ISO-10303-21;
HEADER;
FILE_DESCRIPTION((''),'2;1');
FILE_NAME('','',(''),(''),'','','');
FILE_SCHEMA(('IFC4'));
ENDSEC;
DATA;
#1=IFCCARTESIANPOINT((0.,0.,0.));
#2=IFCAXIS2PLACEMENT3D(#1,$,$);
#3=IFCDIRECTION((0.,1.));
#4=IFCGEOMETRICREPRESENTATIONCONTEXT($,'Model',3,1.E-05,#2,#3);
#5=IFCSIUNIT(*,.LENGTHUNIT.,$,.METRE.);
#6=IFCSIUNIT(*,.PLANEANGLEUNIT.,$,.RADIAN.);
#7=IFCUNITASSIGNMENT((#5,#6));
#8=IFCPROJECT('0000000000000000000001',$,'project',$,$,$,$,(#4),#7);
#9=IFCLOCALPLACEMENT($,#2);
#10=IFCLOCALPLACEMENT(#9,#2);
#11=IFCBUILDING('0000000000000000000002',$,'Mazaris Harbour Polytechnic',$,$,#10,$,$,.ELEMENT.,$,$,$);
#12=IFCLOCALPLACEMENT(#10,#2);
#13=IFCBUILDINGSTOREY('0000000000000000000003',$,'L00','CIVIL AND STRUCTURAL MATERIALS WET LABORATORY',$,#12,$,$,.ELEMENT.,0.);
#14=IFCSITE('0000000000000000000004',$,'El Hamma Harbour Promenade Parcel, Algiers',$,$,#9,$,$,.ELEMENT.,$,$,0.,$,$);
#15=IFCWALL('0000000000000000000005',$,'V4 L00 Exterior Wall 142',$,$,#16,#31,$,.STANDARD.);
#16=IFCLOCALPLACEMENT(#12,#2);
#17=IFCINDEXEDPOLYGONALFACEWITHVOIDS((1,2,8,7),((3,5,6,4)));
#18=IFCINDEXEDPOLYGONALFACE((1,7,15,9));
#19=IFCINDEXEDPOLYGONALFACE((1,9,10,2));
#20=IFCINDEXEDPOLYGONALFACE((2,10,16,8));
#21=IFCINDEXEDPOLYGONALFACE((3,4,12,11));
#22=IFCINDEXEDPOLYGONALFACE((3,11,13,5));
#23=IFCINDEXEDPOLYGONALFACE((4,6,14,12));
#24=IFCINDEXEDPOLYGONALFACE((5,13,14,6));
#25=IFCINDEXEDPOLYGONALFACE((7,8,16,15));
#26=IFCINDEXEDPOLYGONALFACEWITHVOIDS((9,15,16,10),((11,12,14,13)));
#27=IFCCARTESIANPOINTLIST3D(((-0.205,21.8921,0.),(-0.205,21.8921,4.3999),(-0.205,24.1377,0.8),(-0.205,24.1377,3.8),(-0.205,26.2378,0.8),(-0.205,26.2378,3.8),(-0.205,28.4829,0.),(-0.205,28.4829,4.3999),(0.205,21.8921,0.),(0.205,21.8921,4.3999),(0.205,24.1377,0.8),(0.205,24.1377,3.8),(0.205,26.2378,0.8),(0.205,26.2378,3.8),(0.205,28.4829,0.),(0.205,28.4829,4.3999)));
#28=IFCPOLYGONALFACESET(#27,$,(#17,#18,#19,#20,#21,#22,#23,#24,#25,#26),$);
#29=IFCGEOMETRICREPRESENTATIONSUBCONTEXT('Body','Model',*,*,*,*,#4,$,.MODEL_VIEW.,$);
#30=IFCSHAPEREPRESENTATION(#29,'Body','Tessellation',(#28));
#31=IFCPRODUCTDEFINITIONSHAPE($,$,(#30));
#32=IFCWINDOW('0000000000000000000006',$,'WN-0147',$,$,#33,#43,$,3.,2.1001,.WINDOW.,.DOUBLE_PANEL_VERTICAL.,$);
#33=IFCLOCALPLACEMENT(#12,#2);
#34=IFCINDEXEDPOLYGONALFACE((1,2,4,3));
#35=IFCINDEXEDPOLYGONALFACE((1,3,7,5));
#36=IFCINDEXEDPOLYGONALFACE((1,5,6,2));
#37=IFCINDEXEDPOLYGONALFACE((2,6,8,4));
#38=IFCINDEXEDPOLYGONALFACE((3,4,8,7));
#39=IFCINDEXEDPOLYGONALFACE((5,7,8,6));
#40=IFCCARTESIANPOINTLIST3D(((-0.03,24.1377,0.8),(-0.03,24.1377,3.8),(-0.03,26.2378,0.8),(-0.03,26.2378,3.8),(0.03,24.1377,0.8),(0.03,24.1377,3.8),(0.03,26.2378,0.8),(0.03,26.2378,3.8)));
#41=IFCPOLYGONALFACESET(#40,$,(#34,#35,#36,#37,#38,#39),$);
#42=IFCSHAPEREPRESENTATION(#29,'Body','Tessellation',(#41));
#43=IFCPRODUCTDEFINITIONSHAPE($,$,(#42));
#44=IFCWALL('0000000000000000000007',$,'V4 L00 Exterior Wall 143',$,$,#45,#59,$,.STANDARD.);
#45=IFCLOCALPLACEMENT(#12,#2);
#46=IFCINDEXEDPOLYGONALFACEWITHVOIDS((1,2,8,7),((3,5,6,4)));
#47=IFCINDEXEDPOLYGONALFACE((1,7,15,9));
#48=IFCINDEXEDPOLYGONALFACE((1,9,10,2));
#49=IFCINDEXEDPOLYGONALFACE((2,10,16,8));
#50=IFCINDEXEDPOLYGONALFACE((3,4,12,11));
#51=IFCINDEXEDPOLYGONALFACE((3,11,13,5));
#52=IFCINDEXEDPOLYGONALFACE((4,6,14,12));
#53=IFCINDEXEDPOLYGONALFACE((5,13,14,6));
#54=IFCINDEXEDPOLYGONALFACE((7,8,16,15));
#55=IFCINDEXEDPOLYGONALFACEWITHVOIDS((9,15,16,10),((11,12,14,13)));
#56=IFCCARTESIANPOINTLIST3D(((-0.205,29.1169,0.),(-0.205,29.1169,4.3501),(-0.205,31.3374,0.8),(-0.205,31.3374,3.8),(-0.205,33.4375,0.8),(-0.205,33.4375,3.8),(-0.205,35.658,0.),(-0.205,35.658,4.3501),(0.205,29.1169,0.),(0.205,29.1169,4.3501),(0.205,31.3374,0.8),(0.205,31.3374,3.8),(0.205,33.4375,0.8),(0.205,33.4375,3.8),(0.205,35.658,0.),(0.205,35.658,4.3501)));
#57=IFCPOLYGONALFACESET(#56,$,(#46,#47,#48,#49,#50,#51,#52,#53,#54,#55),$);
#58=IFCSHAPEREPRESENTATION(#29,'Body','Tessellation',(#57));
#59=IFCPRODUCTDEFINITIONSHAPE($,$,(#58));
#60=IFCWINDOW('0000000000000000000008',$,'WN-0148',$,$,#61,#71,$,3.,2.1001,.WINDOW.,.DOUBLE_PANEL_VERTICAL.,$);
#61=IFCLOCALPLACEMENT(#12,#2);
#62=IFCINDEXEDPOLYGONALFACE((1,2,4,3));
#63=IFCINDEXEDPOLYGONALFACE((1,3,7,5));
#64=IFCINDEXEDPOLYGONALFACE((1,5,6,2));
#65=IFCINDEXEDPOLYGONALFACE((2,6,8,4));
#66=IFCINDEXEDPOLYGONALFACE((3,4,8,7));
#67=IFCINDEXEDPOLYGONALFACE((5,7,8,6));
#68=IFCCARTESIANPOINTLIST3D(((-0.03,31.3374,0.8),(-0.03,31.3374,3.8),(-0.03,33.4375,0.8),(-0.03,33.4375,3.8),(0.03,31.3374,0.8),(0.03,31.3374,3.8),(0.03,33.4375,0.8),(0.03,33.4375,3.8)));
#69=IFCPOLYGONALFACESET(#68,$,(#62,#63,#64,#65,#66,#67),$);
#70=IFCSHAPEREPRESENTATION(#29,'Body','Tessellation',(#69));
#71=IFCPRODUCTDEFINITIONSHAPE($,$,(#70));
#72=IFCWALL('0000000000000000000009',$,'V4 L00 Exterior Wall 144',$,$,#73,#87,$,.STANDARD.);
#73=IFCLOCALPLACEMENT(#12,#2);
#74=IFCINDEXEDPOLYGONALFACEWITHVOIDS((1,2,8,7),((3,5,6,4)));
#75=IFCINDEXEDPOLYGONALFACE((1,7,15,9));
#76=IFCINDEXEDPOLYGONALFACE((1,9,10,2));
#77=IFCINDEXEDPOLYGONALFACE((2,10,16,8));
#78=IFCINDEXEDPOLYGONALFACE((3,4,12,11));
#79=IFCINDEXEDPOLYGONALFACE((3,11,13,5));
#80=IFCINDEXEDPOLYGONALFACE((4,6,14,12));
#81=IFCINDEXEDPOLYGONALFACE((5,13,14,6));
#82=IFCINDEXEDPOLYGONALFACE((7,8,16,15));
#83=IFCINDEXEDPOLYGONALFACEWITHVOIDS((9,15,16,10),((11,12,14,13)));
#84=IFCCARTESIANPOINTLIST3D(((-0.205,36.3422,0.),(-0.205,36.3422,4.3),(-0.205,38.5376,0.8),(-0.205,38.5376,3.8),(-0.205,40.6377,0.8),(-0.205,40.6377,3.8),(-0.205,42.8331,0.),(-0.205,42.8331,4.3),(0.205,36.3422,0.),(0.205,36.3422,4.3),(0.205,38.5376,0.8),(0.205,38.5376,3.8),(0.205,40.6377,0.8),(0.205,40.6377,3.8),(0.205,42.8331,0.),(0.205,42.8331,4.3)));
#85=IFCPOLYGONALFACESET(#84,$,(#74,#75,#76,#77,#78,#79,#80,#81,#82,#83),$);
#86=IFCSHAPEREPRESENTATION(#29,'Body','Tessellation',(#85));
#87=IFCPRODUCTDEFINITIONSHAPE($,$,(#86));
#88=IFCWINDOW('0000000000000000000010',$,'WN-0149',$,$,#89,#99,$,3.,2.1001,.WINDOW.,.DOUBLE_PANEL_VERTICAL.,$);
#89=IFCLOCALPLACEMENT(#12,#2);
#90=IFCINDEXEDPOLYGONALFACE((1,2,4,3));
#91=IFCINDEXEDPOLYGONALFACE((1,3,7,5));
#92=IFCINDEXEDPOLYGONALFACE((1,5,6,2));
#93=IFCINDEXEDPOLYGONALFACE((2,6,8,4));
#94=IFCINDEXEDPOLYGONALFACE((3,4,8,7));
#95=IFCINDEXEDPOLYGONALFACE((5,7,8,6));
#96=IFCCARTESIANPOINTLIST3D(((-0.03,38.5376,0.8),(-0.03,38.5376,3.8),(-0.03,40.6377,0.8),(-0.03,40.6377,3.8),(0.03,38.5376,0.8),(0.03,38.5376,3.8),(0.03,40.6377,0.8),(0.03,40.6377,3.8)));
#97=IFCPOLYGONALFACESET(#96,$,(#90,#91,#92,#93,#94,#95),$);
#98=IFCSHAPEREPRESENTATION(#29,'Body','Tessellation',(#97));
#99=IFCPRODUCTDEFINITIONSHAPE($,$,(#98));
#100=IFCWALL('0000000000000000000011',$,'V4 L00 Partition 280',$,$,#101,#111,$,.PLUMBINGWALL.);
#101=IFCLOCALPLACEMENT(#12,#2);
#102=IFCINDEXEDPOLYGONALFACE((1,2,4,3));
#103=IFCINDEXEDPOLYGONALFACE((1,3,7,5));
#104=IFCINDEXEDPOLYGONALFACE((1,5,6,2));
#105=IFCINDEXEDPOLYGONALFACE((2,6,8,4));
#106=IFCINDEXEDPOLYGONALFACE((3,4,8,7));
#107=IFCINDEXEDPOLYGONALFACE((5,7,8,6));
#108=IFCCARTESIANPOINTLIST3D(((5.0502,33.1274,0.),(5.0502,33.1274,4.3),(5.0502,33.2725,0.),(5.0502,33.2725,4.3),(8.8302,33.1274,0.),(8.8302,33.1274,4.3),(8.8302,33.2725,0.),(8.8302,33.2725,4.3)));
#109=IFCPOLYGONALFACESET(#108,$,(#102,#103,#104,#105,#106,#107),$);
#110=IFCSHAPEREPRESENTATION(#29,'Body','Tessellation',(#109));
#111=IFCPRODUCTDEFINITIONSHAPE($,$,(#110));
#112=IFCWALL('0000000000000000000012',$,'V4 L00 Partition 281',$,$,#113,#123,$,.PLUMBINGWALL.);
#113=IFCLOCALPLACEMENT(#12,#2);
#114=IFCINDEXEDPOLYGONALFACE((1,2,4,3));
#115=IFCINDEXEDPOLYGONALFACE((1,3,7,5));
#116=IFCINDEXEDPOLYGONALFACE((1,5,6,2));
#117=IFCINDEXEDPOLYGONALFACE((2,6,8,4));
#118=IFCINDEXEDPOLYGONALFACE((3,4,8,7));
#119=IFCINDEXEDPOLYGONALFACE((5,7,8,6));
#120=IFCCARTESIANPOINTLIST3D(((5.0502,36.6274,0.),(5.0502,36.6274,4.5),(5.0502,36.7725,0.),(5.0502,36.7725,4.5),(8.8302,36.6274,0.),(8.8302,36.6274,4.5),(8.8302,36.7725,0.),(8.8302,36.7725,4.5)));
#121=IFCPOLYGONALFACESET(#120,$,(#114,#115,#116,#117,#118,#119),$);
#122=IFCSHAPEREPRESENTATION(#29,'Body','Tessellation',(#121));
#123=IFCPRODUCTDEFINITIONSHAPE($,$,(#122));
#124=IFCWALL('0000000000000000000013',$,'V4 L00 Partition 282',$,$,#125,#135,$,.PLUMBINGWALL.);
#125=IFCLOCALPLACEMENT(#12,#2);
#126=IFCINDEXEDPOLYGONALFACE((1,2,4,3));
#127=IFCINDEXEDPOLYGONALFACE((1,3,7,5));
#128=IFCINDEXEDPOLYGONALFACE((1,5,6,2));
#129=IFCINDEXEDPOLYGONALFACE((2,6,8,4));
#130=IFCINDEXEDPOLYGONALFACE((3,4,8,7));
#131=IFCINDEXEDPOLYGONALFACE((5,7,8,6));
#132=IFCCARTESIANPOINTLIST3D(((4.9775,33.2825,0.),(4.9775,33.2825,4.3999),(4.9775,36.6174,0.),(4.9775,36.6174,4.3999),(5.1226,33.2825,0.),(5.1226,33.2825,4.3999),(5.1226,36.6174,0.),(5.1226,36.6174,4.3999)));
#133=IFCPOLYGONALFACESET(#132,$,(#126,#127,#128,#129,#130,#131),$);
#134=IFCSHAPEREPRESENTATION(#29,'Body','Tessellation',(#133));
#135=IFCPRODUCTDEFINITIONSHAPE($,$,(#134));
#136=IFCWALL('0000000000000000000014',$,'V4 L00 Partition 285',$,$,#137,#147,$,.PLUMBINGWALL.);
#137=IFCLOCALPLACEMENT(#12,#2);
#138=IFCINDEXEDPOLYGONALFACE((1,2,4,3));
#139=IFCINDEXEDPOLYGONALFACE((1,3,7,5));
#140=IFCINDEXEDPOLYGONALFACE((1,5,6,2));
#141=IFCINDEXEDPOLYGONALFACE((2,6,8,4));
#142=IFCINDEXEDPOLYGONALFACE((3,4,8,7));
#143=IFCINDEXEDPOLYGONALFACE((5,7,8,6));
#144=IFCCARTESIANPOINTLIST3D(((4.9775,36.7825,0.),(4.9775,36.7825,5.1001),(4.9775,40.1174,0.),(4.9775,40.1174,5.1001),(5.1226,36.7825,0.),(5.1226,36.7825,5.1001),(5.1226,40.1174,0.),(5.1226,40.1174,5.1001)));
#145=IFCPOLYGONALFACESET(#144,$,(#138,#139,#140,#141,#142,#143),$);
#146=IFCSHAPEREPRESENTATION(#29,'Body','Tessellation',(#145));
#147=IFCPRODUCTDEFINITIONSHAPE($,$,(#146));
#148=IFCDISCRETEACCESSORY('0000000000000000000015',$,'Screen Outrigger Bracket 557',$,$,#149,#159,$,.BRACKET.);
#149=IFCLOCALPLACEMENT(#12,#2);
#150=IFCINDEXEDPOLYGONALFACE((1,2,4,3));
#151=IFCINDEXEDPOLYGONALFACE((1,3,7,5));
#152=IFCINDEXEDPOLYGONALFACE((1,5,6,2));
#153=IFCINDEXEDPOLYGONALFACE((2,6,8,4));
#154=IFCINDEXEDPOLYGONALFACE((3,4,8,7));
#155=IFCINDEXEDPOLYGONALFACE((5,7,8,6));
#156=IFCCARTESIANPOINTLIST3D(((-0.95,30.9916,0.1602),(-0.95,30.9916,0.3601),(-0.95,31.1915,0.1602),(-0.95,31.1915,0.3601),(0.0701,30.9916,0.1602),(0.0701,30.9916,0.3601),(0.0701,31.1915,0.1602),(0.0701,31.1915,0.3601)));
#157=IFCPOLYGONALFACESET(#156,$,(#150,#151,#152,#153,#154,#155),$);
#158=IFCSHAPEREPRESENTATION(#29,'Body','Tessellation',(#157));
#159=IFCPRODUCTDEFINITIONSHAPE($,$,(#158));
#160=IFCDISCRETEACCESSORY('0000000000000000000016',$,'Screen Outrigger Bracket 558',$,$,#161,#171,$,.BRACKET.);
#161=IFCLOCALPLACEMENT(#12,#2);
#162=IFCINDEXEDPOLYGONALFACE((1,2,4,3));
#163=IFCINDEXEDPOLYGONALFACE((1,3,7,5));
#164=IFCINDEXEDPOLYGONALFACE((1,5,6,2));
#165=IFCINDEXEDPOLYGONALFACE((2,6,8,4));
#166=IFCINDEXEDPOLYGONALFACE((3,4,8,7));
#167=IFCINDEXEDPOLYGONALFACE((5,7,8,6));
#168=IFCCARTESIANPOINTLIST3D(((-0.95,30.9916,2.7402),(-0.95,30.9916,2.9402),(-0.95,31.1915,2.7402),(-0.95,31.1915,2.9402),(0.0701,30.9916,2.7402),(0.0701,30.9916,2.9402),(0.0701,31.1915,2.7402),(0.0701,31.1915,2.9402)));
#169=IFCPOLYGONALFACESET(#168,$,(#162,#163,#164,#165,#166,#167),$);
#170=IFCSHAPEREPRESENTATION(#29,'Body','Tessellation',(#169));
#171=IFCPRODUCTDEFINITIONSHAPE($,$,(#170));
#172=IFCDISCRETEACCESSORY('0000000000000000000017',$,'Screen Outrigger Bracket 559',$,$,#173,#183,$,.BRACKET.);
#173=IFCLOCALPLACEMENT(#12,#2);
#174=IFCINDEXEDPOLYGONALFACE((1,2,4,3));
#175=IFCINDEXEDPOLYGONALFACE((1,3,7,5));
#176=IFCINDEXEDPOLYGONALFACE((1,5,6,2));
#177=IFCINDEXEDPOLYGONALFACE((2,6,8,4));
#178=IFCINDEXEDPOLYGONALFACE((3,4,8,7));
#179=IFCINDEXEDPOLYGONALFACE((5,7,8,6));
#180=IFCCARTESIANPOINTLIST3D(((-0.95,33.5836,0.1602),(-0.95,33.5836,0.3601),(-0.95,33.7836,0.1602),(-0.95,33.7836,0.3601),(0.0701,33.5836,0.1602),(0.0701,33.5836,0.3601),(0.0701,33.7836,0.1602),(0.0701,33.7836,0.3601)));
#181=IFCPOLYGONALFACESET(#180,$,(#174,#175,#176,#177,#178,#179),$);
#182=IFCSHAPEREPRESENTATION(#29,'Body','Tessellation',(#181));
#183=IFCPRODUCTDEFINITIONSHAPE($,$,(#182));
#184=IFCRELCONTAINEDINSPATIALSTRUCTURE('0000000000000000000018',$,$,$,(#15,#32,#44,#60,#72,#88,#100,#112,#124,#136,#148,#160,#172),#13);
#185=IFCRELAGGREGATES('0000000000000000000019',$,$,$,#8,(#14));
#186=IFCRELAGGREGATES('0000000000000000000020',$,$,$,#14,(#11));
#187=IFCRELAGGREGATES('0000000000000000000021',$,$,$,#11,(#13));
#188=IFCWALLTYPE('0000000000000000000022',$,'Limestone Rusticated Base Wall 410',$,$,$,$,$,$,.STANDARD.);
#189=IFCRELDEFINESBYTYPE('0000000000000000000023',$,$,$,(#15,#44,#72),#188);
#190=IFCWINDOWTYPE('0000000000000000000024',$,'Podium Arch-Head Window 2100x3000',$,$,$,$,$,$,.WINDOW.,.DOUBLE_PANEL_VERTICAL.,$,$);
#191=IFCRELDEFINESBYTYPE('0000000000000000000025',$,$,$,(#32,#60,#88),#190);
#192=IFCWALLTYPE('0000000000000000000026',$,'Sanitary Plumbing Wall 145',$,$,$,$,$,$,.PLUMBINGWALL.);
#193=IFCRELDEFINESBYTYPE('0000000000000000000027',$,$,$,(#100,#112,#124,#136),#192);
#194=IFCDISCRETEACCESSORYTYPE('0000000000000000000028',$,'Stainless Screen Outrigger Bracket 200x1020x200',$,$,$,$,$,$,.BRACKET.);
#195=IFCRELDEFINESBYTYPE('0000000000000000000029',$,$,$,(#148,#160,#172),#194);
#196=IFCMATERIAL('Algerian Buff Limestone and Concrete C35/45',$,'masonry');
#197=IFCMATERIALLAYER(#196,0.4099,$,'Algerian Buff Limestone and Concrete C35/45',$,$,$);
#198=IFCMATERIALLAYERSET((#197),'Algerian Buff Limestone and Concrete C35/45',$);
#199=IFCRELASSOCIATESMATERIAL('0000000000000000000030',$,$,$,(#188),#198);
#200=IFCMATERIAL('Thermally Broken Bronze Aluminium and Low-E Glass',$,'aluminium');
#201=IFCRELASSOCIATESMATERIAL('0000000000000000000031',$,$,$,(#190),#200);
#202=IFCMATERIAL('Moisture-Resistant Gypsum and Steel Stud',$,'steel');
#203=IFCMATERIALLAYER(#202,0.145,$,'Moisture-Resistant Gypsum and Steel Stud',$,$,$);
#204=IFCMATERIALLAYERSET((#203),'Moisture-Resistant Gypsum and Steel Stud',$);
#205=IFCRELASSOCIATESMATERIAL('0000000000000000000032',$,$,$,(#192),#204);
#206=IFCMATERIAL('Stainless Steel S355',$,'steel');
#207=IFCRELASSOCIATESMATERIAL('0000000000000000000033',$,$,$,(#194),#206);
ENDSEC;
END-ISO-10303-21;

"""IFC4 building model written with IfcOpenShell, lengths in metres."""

from ifc_helpers import new_model, si_unit, direction, frame, frame_2d, origin, origin_2d, place, context, subcontext, project, spatial, rectangle, extrude, material, layer, layer_set, type_object, element, fill, save


model = new_model("IFC4")

# Units and contexts
model_context = context("Model", 3, precision=1e-05, world=origin(), true_north=direction((0.0, 1.0)))
body_context = subcontext(model_context, "Body", "Model", "MODEL_VIEW")
ifc_project = project(units=[si_unit("LENGTHUNIT", "METRE"), si_unit("PLANEANGLEUNIT", "RADIAN")], contexts=[model_context])

# Site, building, storey
site_placement = place(None, origin())
site = spatial("IfcSite", under=ifc_project, at=site_placement, Name="El Hamma Harbour Promenade Parcel, Algiers", CompositionType="ELEMENT", RefElevation=0.0)
building_placement = place(site_placement, origin())
building = spatial("IfcBuilding", under=site, at=building_placement, Name="Mazaris Harbour Polytechnic", CompositionType="ELEMENT")
storey_placement = place(building_placement, origin())
storey = spatial("IfcBuildingStorey", under=building, at=storey_placement, Name="L00", Description="CIVIL AND STRUCTURAL MATERIALS WET LABORATORY", CompositionType="ELEMENT", Elevation=0.0)

# Walls, openings, windows
ifc_material_1 = material(Name="Algerian Buff Limestone and Concrete C35/45", Category="masonry")
ifc_layer_1 = layer(ifc_material_1, 0.4099, Name="Algerian Buff Limestone and Concrete C35/45")
ifc_layer_set_1 = layer_set([ifc_layer_1], Name="Algerian Buff Limestone and Concrete C35/45")
wall_type_1 = type_object("IfcWallType", Name="Limestone Rusticated Base Wall 410", PredefinedType="STANDARD", material=ifc_layer_set_1)
wall_1_placement = place(storey_placement, frame((0.0, 21.8921, 0.0), z_axis=(0.0, 0.0, 1.0), x_axis=(0.0, 1.0, 0.0)))
wall_1 = element("IfcWall", 1, at=wall_1_placement, inside=storey, type_object=wall_type_1, Name="V4 L00 Exterior Wall 142", PredefinedType="STANDARD", context=body_context, shape_type="SweptSolid", body=[
    extrude(rectangle(XDim=6.5908, YDim=0.4099, at=frame_2d((3.2954, 0.0))), origin(), (0.0, 0.0, 1.0), 4.3999),
])
opening_1_placement = place(wall_1_placement, frame((2.2456, 0.0, 0.8)))
opening_1 = element("IfcOpeningElement", 2, at=opening_1_placement, cuts=wall_1, PredefinedType="OPENING", context=body_context, shape_type="SweptSolid", body=[
    extrude(rectangle(XDim=2.1001, YDim=3.0, at=frame_2d((1.05, 1.5))), frame((0.0, 0.2148, 0.0), z_axis=(0.0, -1.0, 0.0), x_axis=(1.0, 0.0, 0.0)), (0.0, 0.0, 1.0), 0.4299),
])
ifc_material_2 = material(Name="Thermally Broken Bronze Aluminium and Low-E Glass", Category="aluminium")
window_type = type_object("IfcWindowType", Name="Podium Arch-Head Window 2100x3000", PartitioningType="DOUBLE_PANEL_VERTICAL", PredefinedType="WINDOW", material=ifc_material_2)
window_1_placement = place(opening_1_placement, origin())
window_1 = element("IfcWindow", 3, at=window_1_placement, inside=storey, type_object=window_type, Name="WN-0147", OverallHeight=3.0, OverallWidth=2.1001, PartitioningType="DOUBLE_PANEL_VERTICAL", PredefinedType="WINDOW", context=body_context, shape_type="SweptSolid", body=[
    extrude(rectangle(XDim=2.1001, YDim=3.0, at=frame_2d((1.05, 1.5))), frame((0.0, 0.03, 0.0), z_axis=(0.0, -1.0, 0.0), x_axis=(1.0, 0.0, 0.0)), (0.0, 0.0, 1.0), 0.0601),
])
fill(opening_1, window_1)
wall_2_placement = place(storey_placement, frame((0.0, 29.1169, 0.0), z_axis=(0.0, 0.0, 1.0), x_axis=(0.0, 1.0, 0.0)))
wall_2 = element("IfcWall", 4, at=wall_2_placement, inside=storey, type_object=wall_type_1, Name="V4 L00 Exterior Wall 143", PredefinedType="STANDARD", context=body_context, shape_type="SweptSolid", body=[
    extrude(rectangle(XDim=6.541, YDim=0.4099, at=frame_2d((3.2705, 0.0))), origin(), (0.0, 0.0, 1.0), 4.3501),
])
opening_2_placement = place(wall_2_placement, frame((2.2205, 0.0, 0.8)))
opening_2 = element("IfcOpeningElement", 5, at=opening_2_placement, cuts=wall_2, PredefinedType="OPENING", context=body_context, shape_type="SweptSolid", body=[
    extrude(rectangle(XDim=2.1001, YDim=3.0, at=frame_2d((1.05, 1.5))), frame((0.0, 0.2148, 0.0), z_axis=(0.0, -1.0, 0.0), x_axis=(1.0, 0.0, 0.0)), (0.0, 0.0, 1.0), 0.4299),
])
window_2_placement = place(opening_2_placement, origin())
window_2 = element("IfcWindow", 6, at=window_2_placement, inside=storey, type_object=window_type, Name="WN-0148", OverallHeight=3.0, OverallWidth=2.1001, PartitioningType="DOUBLE_PANEL_VERTICAL", PredefinedType="WINDOW", context=body_context, shape_type="SweptSolid", body=[
    extrude(rectangle(XDim=2.1001, YDim=3.0, at=frame_2d((1.05, 1.5))), frame((0.0, 0.03, 0.0), z_axis=(0.0, -1.0, 0.0), x_axis=(1.0, 0.0, 0.0)), (0.0, 0.0, 1.0), 0.0601),
])
fill(opening_2, window_2)
wall_3_placement = place(storey_placement, frame((0.0, 36.342, 0.0), z_axis=(0.0, 0.0, 1.0), x_axis=(0.0, 1.0, 0.0)))
wall_3 = element("IfcWall", 7, at=wall_3_placement, inside=storey, type_object=wall_type_1, Name="V4 L00 Exterior Wall 144", PredefinedType="STANDARD", context=body_context, shape_type="SweptSolid", body=[
    extrude(rectangle(XDim=6.491, YDim=0.4099, at=frame_2d((3.2456, 0.0))), origin(), (0.0, 0.0, 1.0), 4.3),
])
opening_3_placement = place(wall_3_placement, frame((2.1956, 0.0, 0.8)))
opening_3 = element("IfcOpeningElement", 8, at=opening_3_placement, cuts=wall_3, PredefinedType="OPENING", context=body_context, shape_type="SweptSolid", body=[
    extrude(rectangle(XDim=2.1001, YDim=3.0, at=frame_2d((1.05, 1.5))), frame((0.0, 0.2148, 0.0), z_axis=(0.0, -1.0, 0.0), x_axis=(1.0, 0.0, 0.0)), (0.0, 0.0, 1.0), 0.4299),
])
window_3_placement = place(opening_3_placement, origin())
window_3 = element("IfcWindow", 9, at=window_3_placement, inside=storey, type_object=window_type, Name="WN-0149", OverallHeight=3.0, OverallWidth=2.1001, PartitioningType="DOUBLE_PANEL_VERTICAL", PredefinedType="WINDOW", context=body_context, shape_type="SweptSolid", body=[
    extrude(rectangle(XDim=2.1001, YDim=3.0, at=frame_2d((1.05, 1.5))), frame((0.0, 0.03, 0.0), z_axis=(0.0, -1.0, 0.0), x_axis=(1.0, 0.0, 0.0)), (0.0, 0.0, 1.0), 0.0601),
])
fill(opening_3, window_3)

# Walls
ifc_material_3 = material(Name="Moisture-Resistant Gypsum and Steel Stud", Category="steel")
ifc_layer_2 = layer(ifc_material_3, 0.145, Name="Moisture-Resistant Gypsum and Steel Stud")
ifc_layer_set_2 = layer_set([ifc_layer_2], Name="Moisture-Resistant Gypsum and Steel Stud")
wall_type_2 = type_object("IfcWallType", Name="Sanitary Plumbing Wall 145", PredefinedType="PLUMBINGWALL", material=ifc_layer_set_2)
wall_4_placement = place(storey_placement, frame((5.05, 33.2, 0.0), z_axis=(0.0, 0.0, 1.0), x_axis=(1.0, 0.0, 0.0)))
element("IfcWall", 10, at=wall_4_placement, inside=storey, type_object=wall_type_2, Name="V4 L00 Partition 280", PredefinedType="PLUMBINGWALL", context=body_context, shape_type="SweptSolid", body=[
    extrude(rectangle(XDim=3.78, YDim=0.145, at=frame_2d((1.8901, 0.0))), origin(), (0.0, 0.0, 1.0), 4.3),
])
wall_5_placement = place(storey_placement, frame((5.05, 36.7, 0.0), z_axis=(0.0, 0.0, 1.0), x_axis=(1.0, 0.0, 0.0)))
element("IfcWall", 11, at=wall_5_placement, inside=storey, type_object=wall_type_2, Name="V4 L00 Partition 281", PredefinedType="PLUMBINGWALL", context=body_context, shape_type="SweptSolid", body=[
    extrude(rectangle(XDim=3.78, YDim=0.145, at=frame_2d((1.8901, 0.0))), origin(), (0.0, 0.0, 1.0), 4.5),
])
wall_6_placement = place(storey_placement, frame((5.05, 33.2825, 0.0), z_axis=(0.0, 0.0, 1.0), x_axis=(0.0, 1.0, 0.0)))
element("IfcWall", 12, at=wall_6_placement, inside=storey, type_object=wall_type_2, Name="V4 L00 Partition 282", PredefinedType="PLUMBINGWALL", context=body_context, shape_type="SweptSolid", body=[
    extrude(rectangle(XDim=3.335, YDim=0.145, at=frame_2d((1.6675, 0.0))), origin(), (0.0, 0.0, 1.0), 4.3999),
])
wall_7_placement = place(storey_placement, frame((5.05, 36.7825, 0.0), z_axis=(0.0, 0.0, 1.0), x_axis=(0.0, 1.0, 0.0)))
element("IfcWall", 13, at=wall_7_placement, inside=storey, type_object=wall_type_2, Name="V4 L00 Partition 285", PredefinedType="PLUMBINGWALL", context=body_context, shape_type="SweptSolid", body=[
    extrude(rectangle(XDim=3.335, YDim=0.145, at=frame_2d((1.6675, 0.0))), origin(), (0.0, 0.0, 1.0), 5.1001),
])

# Discrete accessories
ifc_material_4 = material(Name="Stainless Steel S355", Category="steel")
discrete_accessory_type = type_object("IfcDiscreteAccessoryType", Name="Stainless Screen Outrigger Bracket 200x1020x200", PredefinedType="BRACKET", material=ifc_material_4)
for number, where, z_axis, x_axis, name in (
    (14, (-0.4399, 31.0916, 0.1602), (0.0, 0.0, 1.0), (0.0, 1.0, 0.0), "Screen Outrigger Bracket 557"),
    (15, (-0.4399, 31.0916, 2.7402), (0.0, 0.0, 1.0), (0.0, 1.0, 0.0), "Screen Outrigger Bracket 558"),
    (16, (-0.4399, 33.6836, 0.1602), (0.0, 0.0, 1.0), (0.0, 1.0, 0.0), "Screen Outrigger Bracket 559"),
):
    element("IfcDiscreteAccessory", number, at=place(storey_placement, frame(where, z_axis=z_axis, x_axis=x_axis)), inside=storey, type_object=discrete_accessory_type, Name=name, PredefinedType="BRACKET", context=body_context, shape_type="SweptSolid", body=[
        extrude(rectangle(XDim=0.2, YDim=1.02, at=origin_2d()), origin(), (0.0, 0.0, 1.0), 0.2),
    ])

save(model, "model.ifc")
